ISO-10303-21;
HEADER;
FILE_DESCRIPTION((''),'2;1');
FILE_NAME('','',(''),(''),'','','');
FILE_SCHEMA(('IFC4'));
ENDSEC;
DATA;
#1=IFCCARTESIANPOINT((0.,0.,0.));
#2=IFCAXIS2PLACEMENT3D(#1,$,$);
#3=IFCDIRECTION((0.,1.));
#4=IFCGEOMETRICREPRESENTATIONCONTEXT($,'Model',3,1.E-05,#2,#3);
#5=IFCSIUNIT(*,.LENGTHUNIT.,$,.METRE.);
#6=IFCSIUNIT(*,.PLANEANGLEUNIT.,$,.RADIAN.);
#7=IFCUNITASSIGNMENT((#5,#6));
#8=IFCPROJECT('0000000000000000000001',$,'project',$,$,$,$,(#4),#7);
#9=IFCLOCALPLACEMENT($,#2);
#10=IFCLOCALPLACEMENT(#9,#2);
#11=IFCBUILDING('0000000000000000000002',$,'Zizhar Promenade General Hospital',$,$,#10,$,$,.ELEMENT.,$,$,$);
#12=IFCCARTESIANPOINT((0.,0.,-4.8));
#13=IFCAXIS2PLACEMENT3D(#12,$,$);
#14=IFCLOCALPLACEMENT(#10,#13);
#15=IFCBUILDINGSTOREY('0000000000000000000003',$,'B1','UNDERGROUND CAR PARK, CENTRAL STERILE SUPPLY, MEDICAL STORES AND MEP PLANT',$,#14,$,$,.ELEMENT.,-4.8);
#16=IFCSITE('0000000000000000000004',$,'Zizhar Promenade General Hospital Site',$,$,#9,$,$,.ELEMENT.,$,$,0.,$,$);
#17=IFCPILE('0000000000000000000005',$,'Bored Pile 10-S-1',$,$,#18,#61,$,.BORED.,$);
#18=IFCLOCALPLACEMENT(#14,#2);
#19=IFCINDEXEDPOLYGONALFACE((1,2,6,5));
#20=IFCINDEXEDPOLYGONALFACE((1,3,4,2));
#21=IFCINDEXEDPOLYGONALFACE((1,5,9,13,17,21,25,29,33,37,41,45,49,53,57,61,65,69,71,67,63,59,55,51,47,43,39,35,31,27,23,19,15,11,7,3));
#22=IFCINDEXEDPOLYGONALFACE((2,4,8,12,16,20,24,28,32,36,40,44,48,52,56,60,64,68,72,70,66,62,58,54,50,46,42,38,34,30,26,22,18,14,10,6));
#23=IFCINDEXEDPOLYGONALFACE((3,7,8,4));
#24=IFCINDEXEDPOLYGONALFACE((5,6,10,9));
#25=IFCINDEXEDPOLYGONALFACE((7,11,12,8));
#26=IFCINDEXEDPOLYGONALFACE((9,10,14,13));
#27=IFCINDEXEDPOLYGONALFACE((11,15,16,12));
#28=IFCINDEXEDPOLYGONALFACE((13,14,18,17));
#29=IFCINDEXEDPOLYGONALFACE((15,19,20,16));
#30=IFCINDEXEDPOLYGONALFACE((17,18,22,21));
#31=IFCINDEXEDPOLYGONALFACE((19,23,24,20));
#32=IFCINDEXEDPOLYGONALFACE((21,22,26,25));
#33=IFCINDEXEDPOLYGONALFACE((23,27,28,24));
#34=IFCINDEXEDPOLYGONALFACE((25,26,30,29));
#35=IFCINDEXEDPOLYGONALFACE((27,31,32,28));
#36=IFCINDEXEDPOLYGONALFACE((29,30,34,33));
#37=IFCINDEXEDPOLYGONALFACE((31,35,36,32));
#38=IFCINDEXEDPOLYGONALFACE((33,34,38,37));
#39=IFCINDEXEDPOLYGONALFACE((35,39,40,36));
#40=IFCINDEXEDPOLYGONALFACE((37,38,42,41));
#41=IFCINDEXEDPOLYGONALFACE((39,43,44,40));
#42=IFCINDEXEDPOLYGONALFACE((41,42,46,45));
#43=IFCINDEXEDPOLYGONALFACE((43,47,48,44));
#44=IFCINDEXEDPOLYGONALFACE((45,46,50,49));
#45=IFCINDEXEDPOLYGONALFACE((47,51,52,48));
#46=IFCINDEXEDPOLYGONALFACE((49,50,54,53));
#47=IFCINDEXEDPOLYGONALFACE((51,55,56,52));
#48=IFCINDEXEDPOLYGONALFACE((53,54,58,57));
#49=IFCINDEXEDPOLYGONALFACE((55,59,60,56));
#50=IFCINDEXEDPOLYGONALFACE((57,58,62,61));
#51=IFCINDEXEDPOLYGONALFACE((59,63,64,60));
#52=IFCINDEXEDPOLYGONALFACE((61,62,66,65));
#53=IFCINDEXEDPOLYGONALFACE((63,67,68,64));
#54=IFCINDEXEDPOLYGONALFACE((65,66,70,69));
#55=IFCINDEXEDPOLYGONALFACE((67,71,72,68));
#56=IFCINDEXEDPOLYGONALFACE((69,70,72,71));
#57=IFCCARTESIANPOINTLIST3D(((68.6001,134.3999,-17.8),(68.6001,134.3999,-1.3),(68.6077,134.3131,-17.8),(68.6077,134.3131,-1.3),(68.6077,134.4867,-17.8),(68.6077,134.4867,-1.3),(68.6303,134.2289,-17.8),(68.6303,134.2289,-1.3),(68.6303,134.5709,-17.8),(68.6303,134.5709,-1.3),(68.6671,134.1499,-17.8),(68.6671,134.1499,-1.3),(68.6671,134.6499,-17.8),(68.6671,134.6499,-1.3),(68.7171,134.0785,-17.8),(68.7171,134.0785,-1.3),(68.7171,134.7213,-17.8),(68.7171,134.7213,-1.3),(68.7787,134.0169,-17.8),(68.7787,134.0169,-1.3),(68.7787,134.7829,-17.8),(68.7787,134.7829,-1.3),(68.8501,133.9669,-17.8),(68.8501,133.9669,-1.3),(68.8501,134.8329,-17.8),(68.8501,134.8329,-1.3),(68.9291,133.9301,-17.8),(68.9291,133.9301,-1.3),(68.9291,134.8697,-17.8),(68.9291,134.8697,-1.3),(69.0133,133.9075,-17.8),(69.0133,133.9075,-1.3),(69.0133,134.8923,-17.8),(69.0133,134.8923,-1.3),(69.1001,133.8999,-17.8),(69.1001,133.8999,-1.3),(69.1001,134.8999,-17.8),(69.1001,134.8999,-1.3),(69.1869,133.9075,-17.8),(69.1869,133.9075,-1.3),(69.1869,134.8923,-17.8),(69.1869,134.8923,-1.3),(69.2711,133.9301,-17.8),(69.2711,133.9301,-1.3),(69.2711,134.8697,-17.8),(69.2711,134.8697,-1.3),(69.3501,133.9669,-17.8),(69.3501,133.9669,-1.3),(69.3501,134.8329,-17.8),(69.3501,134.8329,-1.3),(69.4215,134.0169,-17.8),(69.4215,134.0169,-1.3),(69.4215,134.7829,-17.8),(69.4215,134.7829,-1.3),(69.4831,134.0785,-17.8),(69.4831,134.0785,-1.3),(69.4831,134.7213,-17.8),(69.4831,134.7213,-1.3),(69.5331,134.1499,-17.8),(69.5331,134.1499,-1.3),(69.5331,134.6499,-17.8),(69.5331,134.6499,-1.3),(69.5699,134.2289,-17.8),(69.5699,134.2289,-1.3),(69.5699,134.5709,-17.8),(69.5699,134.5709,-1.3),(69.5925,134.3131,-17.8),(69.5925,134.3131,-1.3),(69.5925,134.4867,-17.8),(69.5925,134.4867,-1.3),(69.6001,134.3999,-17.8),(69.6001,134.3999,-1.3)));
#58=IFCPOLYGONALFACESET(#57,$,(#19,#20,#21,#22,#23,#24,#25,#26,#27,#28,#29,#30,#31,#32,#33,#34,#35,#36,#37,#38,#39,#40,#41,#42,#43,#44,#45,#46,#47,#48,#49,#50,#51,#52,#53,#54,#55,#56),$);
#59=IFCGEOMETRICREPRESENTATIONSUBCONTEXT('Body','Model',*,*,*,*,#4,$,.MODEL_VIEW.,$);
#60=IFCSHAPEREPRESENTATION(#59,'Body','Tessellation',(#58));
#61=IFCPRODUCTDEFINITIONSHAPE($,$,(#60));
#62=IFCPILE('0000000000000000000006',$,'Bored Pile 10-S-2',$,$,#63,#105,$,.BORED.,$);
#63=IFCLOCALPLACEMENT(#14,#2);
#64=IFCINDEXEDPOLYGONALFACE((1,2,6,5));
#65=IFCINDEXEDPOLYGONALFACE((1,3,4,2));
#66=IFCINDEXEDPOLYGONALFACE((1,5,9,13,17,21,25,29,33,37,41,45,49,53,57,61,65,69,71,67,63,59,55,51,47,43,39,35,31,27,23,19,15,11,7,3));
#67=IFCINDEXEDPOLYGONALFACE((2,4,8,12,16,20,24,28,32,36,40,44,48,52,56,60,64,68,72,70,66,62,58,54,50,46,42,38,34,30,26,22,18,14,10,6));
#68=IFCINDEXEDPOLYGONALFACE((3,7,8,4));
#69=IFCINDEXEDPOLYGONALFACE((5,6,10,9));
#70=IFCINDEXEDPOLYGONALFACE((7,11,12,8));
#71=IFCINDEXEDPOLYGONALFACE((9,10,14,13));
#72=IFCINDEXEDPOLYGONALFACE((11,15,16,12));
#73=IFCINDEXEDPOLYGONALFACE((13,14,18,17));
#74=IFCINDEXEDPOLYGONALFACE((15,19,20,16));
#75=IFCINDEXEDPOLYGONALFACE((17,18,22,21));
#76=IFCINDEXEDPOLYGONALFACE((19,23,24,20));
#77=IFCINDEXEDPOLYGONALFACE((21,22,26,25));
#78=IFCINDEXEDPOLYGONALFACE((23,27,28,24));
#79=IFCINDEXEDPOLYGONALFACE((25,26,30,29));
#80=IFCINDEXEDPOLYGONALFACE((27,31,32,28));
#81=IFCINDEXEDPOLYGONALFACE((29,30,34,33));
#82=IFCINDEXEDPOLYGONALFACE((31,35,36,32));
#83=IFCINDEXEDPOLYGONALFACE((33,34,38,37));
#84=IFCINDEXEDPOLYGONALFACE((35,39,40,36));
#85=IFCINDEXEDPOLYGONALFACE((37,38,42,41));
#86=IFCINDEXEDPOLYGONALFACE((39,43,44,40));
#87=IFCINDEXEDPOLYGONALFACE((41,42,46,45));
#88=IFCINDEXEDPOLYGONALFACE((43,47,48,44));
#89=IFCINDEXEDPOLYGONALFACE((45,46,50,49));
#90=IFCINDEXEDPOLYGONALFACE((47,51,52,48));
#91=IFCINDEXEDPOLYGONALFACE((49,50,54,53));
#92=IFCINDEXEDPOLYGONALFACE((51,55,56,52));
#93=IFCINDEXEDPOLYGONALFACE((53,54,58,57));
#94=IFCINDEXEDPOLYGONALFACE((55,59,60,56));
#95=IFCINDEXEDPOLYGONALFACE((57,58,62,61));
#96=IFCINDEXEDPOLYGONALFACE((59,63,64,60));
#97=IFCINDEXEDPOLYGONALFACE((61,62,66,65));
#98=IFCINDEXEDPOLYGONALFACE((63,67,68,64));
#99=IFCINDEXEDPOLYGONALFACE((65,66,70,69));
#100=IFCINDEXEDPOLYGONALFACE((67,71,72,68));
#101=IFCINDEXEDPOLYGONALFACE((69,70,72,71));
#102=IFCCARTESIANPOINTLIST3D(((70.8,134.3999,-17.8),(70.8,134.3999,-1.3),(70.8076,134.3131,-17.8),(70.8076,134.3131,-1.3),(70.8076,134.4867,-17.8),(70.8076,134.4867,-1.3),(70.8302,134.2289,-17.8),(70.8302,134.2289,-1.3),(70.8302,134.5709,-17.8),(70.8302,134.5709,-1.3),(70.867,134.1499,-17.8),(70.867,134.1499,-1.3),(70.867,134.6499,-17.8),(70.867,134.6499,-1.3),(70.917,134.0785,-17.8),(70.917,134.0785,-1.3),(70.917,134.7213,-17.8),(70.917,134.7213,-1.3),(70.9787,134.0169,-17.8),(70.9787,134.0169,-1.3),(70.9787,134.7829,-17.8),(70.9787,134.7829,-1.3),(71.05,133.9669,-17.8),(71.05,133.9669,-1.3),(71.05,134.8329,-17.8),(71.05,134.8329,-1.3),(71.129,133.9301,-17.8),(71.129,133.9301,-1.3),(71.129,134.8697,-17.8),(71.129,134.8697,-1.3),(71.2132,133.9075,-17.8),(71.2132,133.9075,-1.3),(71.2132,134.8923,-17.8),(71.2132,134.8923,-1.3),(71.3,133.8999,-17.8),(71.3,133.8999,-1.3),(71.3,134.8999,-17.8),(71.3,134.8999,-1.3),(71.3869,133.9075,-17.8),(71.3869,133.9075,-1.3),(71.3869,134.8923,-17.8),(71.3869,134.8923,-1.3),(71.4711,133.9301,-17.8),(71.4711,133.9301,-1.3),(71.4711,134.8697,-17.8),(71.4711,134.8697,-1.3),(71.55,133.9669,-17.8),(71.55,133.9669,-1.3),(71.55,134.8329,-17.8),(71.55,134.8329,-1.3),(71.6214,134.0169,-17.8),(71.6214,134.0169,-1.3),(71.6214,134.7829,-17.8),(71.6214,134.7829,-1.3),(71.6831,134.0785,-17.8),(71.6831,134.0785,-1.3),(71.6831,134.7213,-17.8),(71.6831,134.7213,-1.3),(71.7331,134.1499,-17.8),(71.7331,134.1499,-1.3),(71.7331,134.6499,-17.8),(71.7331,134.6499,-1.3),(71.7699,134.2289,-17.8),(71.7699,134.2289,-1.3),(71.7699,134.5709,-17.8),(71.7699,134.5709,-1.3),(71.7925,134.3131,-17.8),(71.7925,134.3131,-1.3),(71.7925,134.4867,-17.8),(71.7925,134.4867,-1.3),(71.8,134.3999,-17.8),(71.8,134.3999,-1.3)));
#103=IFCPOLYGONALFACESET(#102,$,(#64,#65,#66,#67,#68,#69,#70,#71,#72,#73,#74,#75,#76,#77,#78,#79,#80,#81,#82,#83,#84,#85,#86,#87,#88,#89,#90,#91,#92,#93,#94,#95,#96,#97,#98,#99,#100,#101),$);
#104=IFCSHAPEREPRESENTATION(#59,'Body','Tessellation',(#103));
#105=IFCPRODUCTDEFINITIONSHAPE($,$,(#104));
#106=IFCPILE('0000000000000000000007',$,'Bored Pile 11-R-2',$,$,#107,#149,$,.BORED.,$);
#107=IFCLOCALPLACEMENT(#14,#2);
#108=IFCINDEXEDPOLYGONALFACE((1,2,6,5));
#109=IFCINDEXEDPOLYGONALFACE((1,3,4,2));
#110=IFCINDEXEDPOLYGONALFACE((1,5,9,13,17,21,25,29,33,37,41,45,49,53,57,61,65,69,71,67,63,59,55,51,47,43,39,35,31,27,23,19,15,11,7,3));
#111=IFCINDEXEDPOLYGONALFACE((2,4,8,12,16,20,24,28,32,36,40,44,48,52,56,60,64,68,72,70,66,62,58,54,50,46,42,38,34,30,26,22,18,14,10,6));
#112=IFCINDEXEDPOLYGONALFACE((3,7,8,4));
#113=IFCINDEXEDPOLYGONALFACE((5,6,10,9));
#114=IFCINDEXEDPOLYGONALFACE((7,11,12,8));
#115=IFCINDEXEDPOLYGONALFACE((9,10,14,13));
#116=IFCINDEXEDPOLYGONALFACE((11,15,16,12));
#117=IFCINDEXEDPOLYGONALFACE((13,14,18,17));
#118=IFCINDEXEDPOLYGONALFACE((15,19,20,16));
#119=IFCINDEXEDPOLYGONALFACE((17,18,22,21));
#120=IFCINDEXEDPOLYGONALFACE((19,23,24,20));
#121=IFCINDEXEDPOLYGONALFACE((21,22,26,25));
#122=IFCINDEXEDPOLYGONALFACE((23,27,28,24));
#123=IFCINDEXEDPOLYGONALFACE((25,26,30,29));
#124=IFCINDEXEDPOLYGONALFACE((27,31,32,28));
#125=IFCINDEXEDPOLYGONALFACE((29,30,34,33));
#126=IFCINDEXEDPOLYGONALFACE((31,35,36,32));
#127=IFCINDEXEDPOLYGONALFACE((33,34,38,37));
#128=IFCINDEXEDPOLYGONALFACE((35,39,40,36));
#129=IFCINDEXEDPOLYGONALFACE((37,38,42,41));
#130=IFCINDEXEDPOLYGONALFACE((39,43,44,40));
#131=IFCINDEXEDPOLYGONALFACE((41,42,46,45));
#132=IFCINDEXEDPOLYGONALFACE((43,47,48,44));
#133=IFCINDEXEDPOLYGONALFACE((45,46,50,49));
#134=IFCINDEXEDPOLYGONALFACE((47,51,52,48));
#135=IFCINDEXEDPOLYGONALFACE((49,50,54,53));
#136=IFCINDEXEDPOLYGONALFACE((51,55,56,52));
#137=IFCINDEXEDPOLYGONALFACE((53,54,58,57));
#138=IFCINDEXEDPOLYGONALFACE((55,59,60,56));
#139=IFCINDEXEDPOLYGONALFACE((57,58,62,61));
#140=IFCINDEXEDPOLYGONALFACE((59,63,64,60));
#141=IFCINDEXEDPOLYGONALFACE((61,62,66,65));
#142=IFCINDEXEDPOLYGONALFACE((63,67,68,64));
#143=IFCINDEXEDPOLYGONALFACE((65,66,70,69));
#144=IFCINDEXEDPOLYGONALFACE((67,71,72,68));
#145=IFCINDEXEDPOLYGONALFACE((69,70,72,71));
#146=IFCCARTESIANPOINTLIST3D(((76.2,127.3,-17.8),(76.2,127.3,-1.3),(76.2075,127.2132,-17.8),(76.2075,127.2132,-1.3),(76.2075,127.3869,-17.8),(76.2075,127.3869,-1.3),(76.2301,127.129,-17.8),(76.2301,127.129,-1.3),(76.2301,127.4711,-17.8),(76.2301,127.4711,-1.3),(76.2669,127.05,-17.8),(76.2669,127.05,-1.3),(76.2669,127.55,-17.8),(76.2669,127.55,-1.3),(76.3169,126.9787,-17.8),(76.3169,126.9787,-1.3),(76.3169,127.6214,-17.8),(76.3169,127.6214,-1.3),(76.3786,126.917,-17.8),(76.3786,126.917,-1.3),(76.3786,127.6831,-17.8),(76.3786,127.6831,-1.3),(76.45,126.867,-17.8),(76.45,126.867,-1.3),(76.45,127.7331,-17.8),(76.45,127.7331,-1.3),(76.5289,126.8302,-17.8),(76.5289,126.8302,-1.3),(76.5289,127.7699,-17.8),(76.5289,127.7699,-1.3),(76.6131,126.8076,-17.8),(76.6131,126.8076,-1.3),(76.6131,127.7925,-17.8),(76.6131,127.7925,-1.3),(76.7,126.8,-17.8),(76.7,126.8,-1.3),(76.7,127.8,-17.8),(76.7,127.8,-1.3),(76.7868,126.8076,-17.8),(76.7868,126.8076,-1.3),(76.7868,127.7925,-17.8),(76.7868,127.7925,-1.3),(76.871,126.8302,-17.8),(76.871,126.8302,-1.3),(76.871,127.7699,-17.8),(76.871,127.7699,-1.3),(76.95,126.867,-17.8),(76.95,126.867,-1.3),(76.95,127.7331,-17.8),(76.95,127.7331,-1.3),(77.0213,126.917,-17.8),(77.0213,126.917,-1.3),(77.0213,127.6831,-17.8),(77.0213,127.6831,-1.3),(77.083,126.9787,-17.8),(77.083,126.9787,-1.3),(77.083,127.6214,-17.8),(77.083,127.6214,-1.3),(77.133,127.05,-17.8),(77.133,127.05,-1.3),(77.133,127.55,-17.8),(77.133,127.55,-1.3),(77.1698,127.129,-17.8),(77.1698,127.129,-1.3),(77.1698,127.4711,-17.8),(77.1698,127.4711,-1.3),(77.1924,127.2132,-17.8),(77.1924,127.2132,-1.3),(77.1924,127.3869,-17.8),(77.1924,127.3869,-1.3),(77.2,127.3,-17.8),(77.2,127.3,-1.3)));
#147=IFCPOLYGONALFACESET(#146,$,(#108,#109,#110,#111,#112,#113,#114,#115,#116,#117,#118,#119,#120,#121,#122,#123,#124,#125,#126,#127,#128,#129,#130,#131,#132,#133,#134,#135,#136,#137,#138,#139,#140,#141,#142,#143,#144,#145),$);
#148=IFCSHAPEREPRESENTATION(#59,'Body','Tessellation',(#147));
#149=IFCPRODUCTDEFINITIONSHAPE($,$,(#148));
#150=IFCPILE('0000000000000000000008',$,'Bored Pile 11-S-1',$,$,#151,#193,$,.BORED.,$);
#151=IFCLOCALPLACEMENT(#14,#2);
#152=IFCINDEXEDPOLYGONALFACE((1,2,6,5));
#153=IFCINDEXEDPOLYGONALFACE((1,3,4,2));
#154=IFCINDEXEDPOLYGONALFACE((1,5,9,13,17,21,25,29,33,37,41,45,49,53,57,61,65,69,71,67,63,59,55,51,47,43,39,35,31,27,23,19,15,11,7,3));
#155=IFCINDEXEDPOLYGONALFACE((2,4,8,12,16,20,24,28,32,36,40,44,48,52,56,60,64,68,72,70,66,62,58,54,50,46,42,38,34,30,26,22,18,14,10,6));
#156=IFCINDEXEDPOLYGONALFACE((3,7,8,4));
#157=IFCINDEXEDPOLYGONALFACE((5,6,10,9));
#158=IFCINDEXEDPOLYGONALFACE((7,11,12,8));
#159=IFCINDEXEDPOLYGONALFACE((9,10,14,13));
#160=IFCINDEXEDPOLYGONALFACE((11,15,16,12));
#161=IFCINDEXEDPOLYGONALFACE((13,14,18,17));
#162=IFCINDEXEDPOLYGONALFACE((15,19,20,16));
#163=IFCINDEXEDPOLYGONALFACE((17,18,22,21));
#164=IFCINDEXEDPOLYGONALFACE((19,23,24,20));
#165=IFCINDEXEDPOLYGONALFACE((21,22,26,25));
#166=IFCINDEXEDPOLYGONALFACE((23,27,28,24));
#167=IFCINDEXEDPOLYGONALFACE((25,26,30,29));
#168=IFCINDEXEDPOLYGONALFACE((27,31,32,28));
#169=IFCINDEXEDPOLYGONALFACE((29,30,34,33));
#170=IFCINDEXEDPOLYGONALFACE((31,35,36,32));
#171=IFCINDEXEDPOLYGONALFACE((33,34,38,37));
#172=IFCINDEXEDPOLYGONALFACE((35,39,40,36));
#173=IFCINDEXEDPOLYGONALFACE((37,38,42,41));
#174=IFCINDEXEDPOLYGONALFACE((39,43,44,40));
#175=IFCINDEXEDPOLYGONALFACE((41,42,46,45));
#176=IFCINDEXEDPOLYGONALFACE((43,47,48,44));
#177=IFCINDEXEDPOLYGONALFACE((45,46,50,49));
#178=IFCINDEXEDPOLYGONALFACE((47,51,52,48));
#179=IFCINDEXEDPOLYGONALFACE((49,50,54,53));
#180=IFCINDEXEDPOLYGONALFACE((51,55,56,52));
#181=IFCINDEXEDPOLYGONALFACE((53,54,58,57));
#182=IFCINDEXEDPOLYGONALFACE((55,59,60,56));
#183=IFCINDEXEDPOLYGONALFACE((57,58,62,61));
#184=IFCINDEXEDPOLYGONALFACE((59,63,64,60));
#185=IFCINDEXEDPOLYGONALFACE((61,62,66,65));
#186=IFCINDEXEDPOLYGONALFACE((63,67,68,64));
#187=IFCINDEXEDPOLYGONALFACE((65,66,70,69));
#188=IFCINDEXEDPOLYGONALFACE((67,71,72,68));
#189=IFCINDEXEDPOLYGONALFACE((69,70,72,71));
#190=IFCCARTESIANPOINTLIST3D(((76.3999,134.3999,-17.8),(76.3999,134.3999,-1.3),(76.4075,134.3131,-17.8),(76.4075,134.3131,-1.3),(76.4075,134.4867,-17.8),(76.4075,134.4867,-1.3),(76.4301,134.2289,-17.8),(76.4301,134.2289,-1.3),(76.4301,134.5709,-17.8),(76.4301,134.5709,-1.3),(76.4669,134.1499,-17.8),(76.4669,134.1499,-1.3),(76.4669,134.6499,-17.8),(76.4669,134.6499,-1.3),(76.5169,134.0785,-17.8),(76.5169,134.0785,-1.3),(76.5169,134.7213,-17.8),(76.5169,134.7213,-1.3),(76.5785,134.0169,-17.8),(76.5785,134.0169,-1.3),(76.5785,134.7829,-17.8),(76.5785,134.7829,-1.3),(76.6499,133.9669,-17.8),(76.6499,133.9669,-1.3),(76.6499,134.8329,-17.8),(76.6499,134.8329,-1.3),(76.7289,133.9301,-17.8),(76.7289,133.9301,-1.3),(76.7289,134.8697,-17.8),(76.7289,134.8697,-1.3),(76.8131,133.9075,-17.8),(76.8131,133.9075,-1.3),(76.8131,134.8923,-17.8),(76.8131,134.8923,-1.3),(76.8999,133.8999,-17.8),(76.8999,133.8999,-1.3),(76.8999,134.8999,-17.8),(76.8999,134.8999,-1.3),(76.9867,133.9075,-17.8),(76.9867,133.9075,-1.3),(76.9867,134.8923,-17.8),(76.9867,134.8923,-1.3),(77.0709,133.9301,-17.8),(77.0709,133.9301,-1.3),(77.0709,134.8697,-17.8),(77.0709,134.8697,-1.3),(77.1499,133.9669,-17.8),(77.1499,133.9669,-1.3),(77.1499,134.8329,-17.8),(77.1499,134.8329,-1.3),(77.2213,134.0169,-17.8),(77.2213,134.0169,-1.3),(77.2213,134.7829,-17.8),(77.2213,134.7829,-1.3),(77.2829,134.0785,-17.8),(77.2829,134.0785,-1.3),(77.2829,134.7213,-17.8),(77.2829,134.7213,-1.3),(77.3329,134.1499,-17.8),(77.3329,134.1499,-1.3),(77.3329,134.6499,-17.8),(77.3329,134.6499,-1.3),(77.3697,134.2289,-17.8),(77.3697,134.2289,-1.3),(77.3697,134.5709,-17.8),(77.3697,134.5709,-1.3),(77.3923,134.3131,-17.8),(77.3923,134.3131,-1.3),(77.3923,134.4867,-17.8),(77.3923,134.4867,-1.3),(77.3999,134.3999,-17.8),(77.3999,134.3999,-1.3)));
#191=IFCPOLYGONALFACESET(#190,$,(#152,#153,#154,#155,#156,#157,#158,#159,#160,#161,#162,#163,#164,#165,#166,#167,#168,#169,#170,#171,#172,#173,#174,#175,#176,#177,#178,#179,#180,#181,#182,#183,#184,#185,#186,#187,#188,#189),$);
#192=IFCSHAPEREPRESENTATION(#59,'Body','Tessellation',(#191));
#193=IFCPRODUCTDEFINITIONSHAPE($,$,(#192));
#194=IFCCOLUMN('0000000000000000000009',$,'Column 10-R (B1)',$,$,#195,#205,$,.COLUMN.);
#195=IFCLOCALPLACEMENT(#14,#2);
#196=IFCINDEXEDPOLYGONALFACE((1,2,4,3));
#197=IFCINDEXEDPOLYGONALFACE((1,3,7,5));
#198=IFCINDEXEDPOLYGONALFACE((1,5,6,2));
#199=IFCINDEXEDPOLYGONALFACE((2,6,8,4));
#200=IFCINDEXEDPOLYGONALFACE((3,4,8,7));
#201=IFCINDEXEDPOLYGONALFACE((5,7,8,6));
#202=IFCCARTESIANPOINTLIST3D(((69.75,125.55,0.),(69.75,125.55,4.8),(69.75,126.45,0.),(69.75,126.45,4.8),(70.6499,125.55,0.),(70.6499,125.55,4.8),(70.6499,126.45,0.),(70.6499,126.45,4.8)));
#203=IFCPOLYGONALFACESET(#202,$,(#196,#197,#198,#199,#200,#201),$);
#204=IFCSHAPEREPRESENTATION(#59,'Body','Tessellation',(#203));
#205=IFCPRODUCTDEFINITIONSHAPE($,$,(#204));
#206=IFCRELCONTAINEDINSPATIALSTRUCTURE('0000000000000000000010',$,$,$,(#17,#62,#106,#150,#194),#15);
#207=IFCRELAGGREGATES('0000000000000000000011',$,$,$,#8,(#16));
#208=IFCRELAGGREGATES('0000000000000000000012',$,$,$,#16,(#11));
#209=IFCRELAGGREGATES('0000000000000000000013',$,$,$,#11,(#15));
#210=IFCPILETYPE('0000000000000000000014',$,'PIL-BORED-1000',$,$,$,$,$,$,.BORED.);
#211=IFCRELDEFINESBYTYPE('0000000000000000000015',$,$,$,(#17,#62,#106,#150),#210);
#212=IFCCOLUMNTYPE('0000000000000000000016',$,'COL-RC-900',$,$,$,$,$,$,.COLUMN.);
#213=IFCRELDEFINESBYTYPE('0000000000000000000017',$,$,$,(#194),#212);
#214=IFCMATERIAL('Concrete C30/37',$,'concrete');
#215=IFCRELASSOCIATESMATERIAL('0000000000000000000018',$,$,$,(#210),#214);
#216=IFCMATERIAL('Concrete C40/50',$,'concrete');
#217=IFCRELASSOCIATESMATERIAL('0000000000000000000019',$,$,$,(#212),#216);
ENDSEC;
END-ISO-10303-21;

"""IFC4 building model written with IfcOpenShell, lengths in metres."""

from ifc_helpers import new_model, si_unit, direction, frame, origin, origin_2d, place, context, subcontext, project, spatial, rectangle, circle, extrude, material, material_profile, profile_set, type_object, element, save


model = new_model("IFC4")

# Units and contexts
model_context = context("Model", 3, precision=1e-05, world=origin(), true_north=direction((0.0, 1.0)))
body_context = subcontext(model_context, "Body", "Model", "MODEL_VIEW")
ifc_project = project(units=[si_unit("LENGTHUNIT", "METRE"), si_unit("PLANEANGLEUNIT", "RADIAN")], contexts=[model_context])

# Site, building, storey
site_placement = place(None, origin())
site = spatial("IfcSite", under=ifc_project, at=site_placement, Name="Zizhar Promenade General Hospital Site", CompositionType="ELEMENT", RefElevation=0.0)
building_placement = place(site_placement, origin())
building = spatial("IfcBuilding", under=site, at=building_placement, Name="Zizhar Promenade General Hospital", CompositionType="ELEMENT")
storey_placement = place(building_placement, frame((0.0, 0.0, -4.8)))
storey = spatial("IfcBuildingStorey", under=building, at=storey_placement, Name="B1", Description="UNDERGROUND CAR PARK, CENTRAL STERILE SUPPLY, MEDICAL STORES AND MEP PLANT", CompositionType="ELEMENT", Elevation=-4.8)

# Piles
ifc_material_1 = material(Name="Concrete C30/37", Category="concrete")
ifc_material_profile_1 = material_profile(ifc_material_1, circle(Radius=0.5, at=origin_2d()))
ifc_profile_set_1 = profile_set([ifc_material_profile_1], Name="Concrete C30/37")
pile_type = type_object("IfcPileType", Name="PIL-BORED-1000", PredefinedType="BORED", material=ifc_profile_set_1)
for number, where, z_axis, x_axis, name in (
    (1, (69.1001, 134.3999, -1.3), (0.0, 0.0, -1.0), (1.0, 0.0, 0.0), "Bored Pile 10-S-1"),
    (2, (71.3, 134.3999, -1.3), (0.0, 0.0, -1.0), (1.0, 0.0, 0.0), "Bored Pile 10-S-2"),
    (3, (76.7, 127.3, -1.3), (0.0, 0.0, -1.0), (1.0, 0.0, 0.0), "Bored Pile 11-R-2"),
    (4, (76.8999, 134.3999, -1.3), (0.0, 0.0, -1.0), (1.0, 0.0, 0.0), "Bored Pile 11-S-1"),
):
    element("IfcPile", number, at=place(storey_placement, frame(where, z_axis=z_axis, x_axis=x_axis)), inside=storey, type_object=pile_type, Name=name, PredefinedType="BORED", context=body_context, shape_type="SweptSolid", body=[
        extrude(circle(Radius=0.5, at=origin_2d()), origin(), (0.0, 0.0, 1.0), 16.5),
    ])

# Column
ifc_material_2 = material(Name="Concrete C40/50", Category="concrete")
ifc_material_profile_2 = material_profile(ifc_material_2, rectangle(XDim=0.8999, YDim=0.8999, at=origin_2d()))
ifc_profile_set_2 = profile_set([ifc_material_profile_2], Name="Concrete C40/50")
column_type = type_object("IfcColumnType", Name="COL-RC-900", PredefinedType="COLUMN", material=ifc_profile_set_2)
for number, where, z_axis, x_axis, name in (
    (5, (70.2, 126.0, 0.0), (0.0, 0.0, 1.0), (1.0, 0.0, 0.0), "Column 10-R (B1)"),
):
    element("IfcColumn", number, at=place(storey_placement, frame(where, z_axis=z_axis, x_axis=x_axis)), inside=storey, type_object=column_type, Name=name, PredefinedType="COLUMN", context=body_context, shape_type="SweptSolid", body=[
        extrude(rectangle(XDim=0.8999, YDim=0.8999, at=origin_2d()), origin(), (0.0, 0.0, 1.0), 4.8),
    ])

save(model, "model.ifc")
